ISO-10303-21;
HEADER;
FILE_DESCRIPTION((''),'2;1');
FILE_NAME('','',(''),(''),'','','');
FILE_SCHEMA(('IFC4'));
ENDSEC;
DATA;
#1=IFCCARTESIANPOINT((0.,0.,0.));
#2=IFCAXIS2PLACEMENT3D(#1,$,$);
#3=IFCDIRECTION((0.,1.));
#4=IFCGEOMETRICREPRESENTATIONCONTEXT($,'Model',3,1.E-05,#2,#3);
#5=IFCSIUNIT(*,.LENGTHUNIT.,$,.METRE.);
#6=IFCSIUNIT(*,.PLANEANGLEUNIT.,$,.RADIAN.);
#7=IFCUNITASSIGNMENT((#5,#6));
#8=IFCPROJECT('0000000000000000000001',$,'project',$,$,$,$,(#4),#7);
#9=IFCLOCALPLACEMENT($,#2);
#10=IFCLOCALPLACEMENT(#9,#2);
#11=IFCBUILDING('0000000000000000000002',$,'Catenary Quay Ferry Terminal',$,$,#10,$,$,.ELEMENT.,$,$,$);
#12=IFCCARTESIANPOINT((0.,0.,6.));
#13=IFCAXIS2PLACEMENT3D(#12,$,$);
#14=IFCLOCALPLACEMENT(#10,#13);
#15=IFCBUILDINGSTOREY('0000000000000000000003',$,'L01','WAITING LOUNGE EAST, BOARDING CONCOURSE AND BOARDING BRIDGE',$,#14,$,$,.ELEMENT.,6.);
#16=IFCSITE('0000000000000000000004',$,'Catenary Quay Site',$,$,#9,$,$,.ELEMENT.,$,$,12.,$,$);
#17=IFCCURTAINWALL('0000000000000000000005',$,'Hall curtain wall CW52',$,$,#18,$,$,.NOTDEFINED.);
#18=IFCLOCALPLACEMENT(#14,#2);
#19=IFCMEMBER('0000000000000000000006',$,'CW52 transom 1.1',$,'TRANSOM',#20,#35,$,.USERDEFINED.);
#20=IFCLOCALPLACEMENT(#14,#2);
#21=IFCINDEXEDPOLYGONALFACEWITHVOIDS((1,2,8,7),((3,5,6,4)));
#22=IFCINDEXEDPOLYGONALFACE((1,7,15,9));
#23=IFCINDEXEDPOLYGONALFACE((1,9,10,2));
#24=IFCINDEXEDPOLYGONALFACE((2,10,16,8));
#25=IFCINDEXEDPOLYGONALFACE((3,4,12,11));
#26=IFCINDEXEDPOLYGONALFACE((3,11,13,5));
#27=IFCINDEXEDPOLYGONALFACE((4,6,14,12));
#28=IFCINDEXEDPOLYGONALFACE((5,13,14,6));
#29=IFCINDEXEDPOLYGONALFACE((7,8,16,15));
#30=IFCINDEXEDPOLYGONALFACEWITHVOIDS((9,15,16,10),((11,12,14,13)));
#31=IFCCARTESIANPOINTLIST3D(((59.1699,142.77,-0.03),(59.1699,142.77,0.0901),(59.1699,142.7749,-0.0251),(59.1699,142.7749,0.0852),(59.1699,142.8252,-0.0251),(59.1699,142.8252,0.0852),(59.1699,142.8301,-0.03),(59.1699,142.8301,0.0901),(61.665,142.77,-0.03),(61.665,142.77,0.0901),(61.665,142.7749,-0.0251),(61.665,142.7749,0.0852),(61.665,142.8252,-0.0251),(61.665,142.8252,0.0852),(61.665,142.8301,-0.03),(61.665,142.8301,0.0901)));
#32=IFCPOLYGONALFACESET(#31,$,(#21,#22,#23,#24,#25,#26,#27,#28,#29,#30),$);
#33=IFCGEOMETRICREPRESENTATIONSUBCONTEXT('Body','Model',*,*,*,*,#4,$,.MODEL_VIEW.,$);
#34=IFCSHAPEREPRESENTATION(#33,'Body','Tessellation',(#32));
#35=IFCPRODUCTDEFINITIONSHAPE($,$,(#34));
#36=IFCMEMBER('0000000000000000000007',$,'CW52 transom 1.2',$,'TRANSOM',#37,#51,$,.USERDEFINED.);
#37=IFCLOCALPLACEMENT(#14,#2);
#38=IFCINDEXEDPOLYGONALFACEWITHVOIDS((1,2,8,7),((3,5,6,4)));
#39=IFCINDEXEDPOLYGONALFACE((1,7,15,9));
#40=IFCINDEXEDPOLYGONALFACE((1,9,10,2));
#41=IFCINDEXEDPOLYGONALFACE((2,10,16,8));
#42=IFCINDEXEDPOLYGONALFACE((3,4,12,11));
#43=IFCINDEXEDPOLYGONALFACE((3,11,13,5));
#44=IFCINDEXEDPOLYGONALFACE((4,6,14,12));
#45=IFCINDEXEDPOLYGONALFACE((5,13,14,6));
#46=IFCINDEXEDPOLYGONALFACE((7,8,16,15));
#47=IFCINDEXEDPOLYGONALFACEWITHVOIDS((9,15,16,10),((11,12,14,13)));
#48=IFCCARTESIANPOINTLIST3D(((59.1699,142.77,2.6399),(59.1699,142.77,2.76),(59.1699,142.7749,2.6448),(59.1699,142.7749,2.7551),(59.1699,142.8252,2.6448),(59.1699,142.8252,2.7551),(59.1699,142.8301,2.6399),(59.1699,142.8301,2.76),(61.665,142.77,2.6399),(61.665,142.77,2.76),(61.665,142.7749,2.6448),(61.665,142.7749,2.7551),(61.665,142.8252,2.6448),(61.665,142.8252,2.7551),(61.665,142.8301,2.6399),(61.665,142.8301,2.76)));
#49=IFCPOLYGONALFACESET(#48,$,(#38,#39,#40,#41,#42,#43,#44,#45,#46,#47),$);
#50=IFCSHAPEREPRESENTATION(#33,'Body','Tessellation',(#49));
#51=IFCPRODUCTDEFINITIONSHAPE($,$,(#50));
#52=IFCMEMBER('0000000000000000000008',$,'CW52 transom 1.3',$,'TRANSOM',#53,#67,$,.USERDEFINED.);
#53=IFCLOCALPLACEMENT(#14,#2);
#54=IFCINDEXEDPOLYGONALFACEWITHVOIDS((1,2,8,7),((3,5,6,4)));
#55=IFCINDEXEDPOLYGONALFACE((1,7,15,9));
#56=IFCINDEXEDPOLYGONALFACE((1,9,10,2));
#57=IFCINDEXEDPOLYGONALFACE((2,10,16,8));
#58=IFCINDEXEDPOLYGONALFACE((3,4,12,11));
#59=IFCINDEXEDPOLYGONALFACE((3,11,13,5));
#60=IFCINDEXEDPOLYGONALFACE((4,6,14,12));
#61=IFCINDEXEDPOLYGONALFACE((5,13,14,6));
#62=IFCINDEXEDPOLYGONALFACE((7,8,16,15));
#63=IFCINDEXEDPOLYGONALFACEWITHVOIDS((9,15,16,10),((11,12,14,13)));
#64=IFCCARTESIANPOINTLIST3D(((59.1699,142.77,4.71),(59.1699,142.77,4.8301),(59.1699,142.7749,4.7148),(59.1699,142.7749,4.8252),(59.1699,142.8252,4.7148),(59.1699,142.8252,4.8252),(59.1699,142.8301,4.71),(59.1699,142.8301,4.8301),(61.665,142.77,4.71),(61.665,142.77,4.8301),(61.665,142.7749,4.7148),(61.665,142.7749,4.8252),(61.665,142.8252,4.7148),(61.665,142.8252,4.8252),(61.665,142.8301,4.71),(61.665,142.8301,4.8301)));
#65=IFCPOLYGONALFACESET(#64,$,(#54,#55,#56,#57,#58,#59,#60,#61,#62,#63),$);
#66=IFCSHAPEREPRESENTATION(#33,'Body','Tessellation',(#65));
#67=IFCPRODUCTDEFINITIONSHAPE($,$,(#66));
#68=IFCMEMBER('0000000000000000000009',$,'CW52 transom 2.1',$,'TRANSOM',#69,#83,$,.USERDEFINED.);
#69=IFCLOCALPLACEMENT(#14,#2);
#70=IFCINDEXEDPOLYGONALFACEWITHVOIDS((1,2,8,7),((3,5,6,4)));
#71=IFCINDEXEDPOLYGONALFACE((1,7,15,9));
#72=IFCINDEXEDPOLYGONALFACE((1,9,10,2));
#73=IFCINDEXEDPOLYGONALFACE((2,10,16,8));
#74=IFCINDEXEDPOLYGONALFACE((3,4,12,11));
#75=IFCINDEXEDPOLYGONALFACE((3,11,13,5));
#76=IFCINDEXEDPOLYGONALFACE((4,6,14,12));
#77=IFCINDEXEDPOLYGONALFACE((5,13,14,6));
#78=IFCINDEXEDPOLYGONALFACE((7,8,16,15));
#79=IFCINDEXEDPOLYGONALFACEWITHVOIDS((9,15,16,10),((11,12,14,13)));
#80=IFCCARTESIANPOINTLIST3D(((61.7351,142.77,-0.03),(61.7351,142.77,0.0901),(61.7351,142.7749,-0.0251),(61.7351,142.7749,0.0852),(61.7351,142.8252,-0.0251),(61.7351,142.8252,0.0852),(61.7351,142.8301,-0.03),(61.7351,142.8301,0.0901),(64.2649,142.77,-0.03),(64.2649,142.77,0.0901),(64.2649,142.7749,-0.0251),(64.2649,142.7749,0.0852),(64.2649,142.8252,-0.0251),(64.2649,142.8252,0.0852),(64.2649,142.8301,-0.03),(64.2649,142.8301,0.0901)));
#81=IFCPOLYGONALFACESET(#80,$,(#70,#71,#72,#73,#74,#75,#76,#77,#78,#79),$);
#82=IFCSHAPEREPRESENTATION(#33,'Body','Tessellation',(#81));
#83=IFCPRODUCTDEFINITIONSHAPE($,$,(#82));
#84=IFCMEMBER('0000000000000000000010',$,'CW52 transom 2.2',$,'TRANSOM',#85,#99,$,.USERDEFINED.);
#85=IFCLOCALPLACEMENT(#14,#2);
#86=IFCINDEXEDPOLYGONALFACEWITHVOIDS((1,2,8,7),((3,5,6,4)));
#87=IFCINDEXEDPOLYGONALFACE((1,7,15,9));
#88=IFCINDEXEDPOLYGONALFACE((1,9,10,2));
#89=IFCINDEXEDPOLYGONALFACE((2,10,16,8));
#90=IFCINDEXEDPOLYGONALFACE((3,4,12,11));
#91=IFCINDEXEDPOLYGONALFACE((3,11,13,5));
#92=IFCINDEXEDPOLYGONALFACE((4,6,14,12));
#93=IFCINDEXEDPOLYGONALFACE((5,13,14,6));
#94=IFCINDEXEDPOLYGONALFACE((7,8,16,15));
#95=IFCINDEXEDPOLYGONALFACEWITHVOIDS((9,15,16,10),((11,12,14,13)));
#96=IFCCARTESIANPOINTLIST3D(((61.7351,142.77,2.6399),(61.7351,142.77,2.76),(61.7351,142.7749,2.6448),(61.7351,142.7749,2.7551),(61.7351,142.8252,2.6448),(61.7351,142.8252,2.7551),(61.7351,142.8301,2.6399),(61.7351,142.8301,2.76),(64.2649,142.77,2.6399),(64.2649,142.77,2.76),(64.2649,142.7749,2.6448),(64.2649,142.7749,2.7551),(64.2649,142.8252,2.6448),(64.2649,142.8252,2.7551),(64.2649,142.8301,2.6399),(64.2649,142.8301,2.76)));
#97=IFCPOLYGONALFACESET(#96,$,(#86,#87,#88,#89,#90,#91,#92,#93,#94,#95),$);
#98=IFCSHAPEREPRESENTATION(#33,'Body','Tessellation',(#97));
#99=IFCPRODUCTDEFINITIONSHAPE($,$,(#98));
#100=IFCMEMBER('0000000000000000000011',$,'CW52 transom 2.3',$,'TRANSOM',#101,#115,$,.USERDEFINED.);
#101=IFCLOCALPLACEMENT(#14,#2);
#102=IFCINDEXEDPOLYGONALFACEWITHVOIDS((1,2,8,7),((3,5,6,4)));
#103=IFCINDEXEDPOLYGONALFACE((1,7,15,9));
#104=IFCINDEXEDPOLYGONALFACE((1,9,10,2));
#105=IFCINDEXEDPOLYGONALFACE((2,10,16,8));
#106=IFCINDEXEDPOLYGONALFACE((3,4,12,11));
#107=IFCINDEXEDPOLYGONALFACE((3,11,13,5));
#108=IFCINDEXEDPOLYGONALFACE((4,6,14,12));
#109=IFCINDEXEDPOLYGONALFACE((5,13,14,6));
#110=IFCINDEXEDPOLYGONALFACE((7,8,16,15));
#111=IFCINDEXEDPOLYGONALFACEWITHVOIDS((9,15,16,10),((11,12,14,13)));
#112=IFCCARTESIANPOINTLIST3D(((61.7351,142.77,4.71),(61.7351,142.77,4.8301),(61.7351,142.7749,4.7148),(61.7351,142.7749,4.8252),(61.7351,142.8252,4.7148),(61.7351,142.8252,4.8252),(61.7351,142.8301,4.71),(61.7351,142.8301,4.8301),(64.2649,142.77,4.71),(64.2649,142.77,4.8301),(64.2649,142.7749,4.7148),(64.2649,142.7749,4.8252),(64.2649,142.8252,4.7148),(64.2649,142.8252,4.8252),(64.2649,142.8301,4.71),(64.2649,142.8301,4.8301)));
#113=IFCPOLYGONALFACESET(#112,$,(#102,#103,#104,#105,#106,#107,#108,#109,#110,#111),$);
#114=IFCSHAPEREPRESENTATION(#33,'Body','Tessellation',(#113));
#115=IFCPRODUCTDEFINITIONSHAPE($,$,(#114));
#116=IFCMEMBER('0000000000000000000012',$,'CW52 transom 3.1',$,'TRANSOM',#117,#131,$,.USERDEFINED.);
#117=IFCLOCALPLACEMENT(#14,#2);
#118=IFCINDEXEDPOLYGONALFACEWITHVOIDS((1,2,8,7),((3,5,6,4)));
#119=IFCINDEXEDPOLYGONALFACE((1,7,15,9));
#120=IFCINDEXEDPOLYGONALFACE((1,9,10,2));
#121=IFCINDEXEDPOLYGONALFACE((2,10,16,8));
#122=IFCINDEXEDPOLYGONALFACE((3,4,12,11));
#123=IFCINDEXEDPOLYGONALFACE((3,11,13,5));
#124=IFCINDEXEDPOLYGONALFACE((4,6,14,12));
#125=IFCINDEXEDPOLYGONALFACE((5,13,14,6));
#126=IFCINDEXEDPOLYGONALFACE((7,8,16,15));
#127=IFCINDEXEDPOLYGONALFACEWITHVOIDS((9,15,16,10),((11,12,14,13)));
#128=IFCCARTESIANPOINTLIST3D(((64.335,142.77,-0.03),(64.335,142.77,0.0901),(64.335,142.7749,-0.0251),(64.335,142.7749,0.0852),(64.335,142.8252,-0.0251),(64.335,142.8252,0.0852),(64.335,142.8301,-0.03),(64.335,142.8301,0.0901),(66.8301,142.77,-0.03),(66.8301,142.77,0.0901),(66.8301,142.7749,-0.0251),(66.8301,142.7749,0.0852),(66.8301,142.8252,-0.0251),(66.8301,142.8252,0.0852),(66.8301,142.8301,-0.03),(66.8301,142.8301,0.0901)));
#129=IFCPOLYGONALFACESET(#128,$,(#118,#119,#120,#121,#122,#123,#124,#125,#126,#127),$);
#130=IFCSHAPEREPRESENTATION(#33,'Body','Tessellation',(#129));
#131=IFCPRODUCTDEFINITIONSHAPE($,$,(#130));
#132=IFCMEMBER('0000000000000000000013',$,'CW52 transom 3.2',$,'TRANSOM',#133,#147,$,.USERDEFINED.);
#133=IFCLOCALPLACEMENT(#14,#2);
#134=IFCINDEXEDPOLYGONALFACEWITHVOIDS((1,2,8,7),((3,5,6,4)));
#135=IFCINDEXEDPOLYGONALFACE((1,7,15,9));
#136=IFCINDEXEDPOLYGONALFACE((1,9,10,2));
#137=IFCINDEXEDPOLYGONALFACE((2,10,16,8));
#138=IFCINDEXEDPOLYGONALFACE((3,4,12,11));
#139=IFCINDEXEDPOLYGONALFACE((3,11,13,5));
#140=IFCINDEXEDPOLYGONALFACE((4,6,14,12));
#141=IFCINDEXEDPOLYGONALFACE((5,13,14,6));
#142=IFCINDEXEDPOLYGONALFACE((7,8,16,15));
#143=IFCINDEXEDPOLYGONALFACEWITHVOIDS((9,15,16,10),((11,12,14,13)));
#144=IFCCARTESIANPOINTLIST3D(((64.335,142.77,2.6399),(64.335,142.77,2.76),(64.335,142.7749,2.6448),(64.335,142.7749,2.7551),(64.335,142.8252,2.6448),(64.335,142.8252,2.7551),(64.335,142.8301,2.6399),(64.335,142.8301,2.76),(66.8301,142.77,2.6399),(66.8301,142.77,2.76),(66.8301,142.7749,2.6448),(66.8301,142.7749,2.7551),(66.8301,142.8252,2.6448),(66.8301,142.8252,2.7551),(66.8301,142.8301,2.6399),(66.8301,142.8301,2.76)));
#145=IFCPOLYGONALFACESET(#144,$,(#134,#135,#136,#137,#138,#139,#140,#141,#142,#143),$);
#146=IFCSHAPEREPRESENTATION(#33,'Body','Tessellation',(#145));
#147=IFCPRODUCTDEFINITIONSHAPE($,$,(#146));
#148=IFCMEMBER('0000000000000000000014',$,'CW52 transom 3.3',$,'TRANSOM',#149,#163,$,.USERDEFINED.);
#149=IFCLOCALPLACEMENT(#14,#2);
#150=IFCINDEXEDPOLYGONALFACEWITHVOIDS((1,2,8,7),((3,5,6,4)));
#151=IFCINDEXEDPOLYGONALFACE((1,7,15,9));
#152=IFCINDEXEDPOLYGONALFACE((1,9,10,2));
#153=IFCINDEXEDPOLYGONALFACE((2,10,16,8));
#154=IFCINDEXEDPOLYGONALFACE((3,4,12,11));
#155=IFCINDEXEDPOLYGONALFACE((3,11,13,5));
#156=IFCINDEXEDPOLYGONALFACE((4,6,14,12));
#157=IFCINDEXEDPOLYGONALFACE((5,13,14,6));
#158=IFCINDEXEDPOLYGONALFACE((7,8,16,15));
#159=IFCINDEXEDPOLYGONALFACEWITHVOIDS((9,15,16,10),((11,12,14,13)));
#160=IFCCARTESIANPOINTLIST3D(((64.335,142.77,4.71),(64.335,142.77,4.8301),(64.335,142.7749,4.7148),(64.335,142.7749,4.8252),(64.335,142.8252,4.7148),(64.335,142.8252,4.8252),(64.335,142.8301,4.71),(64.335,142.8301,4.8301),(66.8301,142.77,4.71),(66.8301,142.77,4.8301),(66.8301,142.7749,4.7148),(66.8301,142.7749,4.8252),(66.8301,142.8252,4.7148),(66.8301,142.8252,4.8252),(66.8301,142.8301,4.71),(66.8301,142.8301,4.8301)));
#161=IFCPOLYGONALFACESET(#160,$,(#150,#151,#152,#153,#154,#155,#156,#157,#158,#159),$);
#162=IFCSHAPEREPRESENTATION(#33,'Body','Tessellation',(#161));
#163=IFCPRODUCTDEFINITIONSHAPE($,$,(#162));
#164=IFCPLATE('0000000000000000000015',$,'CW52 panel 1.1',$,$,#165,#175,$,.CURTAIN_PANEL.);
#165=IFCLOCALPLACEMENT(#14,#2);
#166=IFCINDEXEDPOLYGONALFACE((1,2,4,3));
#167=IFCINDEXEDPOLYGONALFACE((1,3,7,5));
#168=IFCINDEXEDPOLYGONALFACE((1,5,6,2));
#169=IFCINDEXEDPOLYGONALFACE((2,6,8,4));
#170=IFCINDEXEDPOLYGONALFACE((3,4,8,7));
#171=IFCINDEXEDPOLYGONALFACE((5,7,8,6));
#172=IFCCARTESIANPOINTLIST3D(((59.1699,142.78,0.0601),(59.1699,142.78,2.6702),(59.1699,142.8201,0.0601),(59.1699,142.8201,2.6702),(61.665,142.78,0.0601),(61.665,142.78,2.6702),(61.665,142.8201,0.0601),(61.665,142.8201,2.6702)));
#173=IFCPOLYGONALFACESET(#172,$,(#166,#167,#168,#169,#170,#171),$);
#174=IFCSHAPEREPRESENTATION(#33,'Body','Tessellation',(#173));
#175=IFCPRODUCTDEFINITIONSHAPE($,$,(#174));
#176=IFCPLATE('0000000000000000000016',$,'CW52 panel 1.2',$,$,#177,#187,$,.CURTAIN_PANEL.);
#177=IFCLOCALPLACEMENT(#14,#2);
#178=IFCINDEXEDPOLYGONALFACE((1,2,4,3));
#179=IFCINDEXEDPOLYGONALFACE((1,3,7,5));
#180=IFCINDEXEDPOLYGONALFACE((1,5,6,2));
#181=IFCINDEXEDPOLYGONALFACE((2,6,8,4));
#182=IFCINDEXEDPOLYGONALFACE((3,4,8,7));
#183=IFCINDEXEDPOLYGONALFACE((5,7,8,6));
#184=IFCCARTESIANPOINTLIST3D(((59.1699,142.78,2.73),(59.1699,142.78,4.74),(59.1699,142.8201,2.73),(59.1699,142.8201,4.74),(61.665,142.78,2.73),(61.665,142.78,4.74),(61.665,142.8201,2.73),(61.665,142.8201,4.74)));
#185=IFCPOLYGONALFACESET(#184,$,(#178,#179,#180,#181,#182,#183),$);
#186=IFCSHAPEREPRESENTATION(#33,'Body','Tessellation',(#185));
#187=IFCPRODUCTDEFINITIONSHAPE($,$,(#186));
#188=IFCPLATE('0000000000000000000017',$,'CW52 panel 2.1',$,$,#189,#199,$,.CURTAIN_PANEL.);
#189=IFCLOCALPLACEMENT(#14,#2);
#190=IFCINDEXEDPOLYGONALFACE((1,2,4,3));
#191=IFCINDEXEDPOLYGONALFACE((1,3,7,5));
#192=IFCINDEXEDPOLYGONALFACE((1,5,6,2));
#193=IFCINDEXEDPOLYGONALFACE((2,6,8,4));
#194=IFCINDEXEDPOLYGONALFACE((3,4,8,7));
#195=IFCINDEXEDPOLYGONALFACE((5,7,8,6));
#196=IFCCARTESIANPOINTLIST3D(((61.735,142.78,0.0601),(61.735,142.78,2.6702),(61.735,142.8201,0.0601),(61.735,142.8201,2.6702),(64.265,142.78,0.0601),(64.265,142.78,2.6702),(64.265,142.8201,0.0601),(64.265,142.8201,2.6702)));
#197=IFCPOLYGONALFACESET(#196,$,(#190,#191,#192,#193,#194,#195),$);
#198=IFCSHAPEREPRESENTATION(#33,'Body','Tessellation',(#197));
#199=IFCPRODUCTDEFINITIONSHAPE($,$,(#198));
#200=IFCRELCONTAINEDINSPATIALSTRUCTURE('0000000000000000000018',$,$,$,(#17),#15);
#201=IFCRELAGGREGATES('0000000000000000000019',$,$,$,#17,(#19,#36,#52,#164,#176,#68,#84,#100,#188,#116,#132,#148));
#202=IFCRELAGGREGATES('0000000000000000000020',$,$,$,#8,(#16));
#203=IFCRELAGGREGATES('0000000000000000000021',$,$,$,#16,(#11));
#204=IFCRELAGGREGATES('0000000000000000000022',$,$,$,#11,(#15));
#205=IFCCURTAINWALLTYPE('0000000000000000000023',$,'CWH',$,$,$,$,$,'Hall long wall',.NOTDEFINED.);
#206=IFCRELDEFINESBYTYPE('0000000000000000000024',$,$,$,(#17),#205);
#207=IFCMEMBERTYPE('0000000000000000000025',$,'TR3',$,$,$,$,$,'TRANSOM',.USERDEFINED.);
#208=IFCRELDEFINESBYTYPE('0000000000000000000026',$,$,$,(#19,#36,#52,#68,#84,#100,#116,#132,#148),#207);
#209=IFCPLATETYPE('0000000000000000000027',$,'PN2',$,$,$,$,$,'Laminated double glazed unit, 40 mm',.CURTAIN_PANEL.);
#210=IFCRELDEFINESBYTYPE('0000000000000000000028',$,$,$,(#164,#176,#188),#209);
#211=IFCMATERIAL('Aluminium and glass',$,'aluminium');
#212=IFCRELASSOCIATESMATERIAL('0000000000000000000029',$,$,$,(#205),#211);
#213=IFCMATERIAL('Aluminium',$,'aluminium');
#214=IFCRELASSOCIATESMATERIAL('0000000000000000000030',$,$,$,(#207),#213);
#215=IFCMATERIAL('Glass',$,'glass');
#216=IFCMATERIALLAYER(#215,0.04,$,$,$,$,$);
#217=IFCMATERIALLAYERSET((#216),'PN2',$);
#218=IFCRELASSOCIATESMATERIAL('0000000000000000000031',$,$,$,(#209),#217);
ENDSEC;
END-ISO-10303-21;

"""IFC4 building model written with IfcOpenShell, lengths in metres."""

from ifc_helpers import new_model, si_unit, direction, frame, origin, origin_2d, place, context, subcontext, project, spatial, rectangle, hollow_rectangle, extrude, material, layer, layer_set, material_profile, profile_set, type_object, element, aggregate, save


model = new_model("IFC4")

# Units and contexts
model_context = context("Model", 3, precision=1e-05, world=origin(), true_north=direction((0.0, 1.0)))
body_context = subcontext(model_context, "Body", "Model", "MODEL_VIEW")
ifc_project = project(units=[si_unit("LENGTHUNIT", "METRE"), si_unit("PLANEANGLEUNIT", "RADIAN")], contexts=[model_context])

# Site, building, storey
site_placement = place(None, origin())
site = spatial("IfcSite", under=ifc_project, at=site_placement, Name="Catenary Quay Site", CompositionType="ELEMENT", RefElevation=12.0)
building_placement = place(site_placement, origin())
building = spatial("IfcBuilding", under=site, at=building_placement, Name="Catenary Quay Ferry Terminal", CompositionType="ELEMENT")
storey_placement = place(building_placement, frame((0.0, 0.0, 6.0)))
storey = spatial("IfcBuildingStorey", under=building, at=storey_placement, Name="L01", Description="WAITING LOUNGE EAST, BOARDING CONCOURSE AND BOARDING BRIDGE", CompositionType="ELEMENT", Elevation=6.0)

# Shared definitions
ifc_material_1 = material(Name="Aluminium and glass", Category="aluminium")
curtain_wall_type = type_object("IfcCurtainWallType", Name="CWH", ElementType="Hall long wall", PredefinedType="NOTDEFINED", material=ifc_material_1)

# Curtain wall, members, plates
curtain_wall_1_placement = place(storey_placement, origin())
curtain_wall_1 = element("IfcCurtainWall", 1, at=curtain_wall_1_placement, inside=storey, type_object=curtain_wall_type, Name="Hall curtain wall CW52", PredefinedType="NOTDEFINED")
ifc_material_2 = material(Name="Aluminium", Category="aluminium")
ifc_material_profile_1 = material_profile(ifc_material_2, hollow_rectangle(XDim=0.0601, YDim=0.1201, WallThickness=0.0049, at=origin_2d()), Name="TR3")
ifc_profile_set_1 = profile_set([ifc_material_profile_1], Name="Aluminium")
member_type_1 = type_object("IfcMemberType", Name="TR3", ElementType="TRANSOM", PredefinedType="USERDEFINED", material=ifc_profile_set_1)
member_1_placement = place(storey_placement, frame((59.1699, 142.8, 0.03), z_axis=(1.0, 0.0, 0.0), x_axis=(0.0, 1.0, 0.0)))
member_1 = element("IfcMember", 2, at=member_1_placement, type_object=member_type_1, Name="CW52 transom 1.1", ObjectType="TRANSOM", PredefinedType="USERDEFINED", context=body_context, shape_type="SweptSolid", body=[
    extrude(hollow_rectangle(XDim=0.0601, YDim=0.1201, WallThickness=0.0049, at=origin_2d()), origin(), (0.0, 0.0, 1.0), 2.4951),
])
member_2_placement = place(storey_placement, frame((59.1699, 142.8, 2.7), z_axis=(1.0, 0.0, 0.0), x_axis=(0.0, 1.0, 0.0)))
member_2 = element("IfcMember", 3, at=member_2_placement, type_object=member_type_1, Name="CW52 transom 1.2", ObjectType="TRANSOM", PredefinedType="USERDEFINED", context=body_context, shape_type="SweptSolid", body=[
    extrude(hollow_rectangle(XDim=0.0601, YDim=0.1201, WallThickness=0.0049, at=origin_2d()), origin(), (0.0, 0.0, 1.0), 2.4951),
])
member_3_placement = place(storey_placement, frame((59.1699, 142.8, 4.77), z_axis=(1.0, 0.0, 0.0), x_axis=(0.0, 1.0, 0.0)))
member_3 = element("IfcMember", 4, at=member_3_placement, type_object=member_type_1, Name="CW52 transom 1.3", ObjectType="TRANSOM", PredefinedType="USERDEFINED", context=body_context, shape_type="SweptSolid", body=[
    extrude(hollow_rectangle(XDim=0.0601, YDim=0.1201, WallThickness=0.0049, at=origin_2d()), origin(), (0.0, 0.0, 1.0), 2.4951),
])
member_4_placement = place(storey_placement, frame((61.7351, 142.8, 0.03), z_axis=(1.0, 0.0, 0.0), x_axis=(0.0, 1.0, 0.0)))
member_4 = element("IfcMember", 5, at=member_4_placement, type_object=member_type_1, Name="CW52 transom 2.1", ObjectType="TRANSOM", PredefinedType="USERDEFINED", context=body_context, shape_type="SweptSolid", body=[
    extrude(hollow_rectangle(XDim=0.0601, YDim=0.1201, WallThickness=0.0049, at=origin_2d()), origin(), (0.0, 0.0, 1.0), 2.5298),
])
member_5_placement = place(storey_placement, frame((61.7351, 142.8, 2.7), z_axis=(1.0, 0.0, 0.0), x_axis=(0.0, 1.0, 0.0)))
member_5 = element("IfcMember", 6, at=member_5_placement, type_object=member_type_1, Name="CW52 transom 2.2", ObjectType="TRANSOM", PredefinedType="USERDEFINED", context=body_context, shape_type="SweptSolid", body=[
    extrude(hollow_rectangle(XDim=0.0601, YDim=0.1201, WallThickness=0.0049, at=origin_2d()), origin(), (0.0, 0.0, 1.0), 2.5298),
])
member_6_placement = place(storey_placement, frame((61.7351, 142.8, 4.77), z_axis=(1.0, 0.0, 0.0), x_axis=(0.0, 1.0, 0.0)))
member_6 = element("IfcMember", 7, at=member_6_placement, type_object=member_type_1, Name="CW52 transom 2.3", ObjectType="TRANSOM", PredefinedType="USERDEFINED", context=body_context, shape_type="SweptSolid", body=[
    extrude(hollow_rectangle(XDim=0.0601, YDim=0.1201, WallThickness=0.0049, at=origin_2d()), origin(), (0.0, 0.0, 1.0), 2.5298),
])
member_7_placement = place(storey_placement, frame((64.335, 142.8, 0.03), z_axis=(1.0, 0.0, 0.0), x_axis=(0.0, 1.0, 0.0)))
member_7 = element("IfcMember", 8, at=member_7_placement, type_object=member_type_1, Name="CW52 transom 3.1", ObjectType="TRANSOM", PredefinedType="USERDEFINED", context=body_context, shape_type="SweptSolid", body=[
    extrude(hollow_rectangle(XDim=0.0601, YDim=0.1201, WallThickness=0.0049, at=origin_2d()), origin(), (0.0, 0.0, 1.0), 2.4951),
])
member_8_placement = place(storey_placement, frame((64.335, 142.8, 2.7), z_axis=(1.0, 0.0, 0.0), x_axis=(0.0, 1.0, 0.0)))
member_8 = element("IfcMember", 9, at=member_8_placement, type_object=member_type_1, Name="CW52 transom 3.2", ObjectType="TRANSOM", PredefinedType="USERDEFINED", context=body_context, shape_type="SweptSolid", body=[
    extrude(hollow_rectangle(XDim=0.0601, YDim=0.1201, WallThickness=0.0049, at=origin_2d()), origin(), (0.0, 0.0, 1.0), 2.4951),
])
member_9_placement = place(storey_placement, frame((64.335, 142.8, 4.77), z_axis=(1.0, 0.0, 0.0), x_axis=(0.0, 1.0, 0.0)))
member_9 = element("IfcMember", 10, at=member_9_placement, type_object=member_type_1, Name="CW52 transom 3.3", ObjectType="TRANSOM", PredefinedType="USERDEFINED", context=body_context, shape_type="SweptSolid", body=[
    extrude(hollow_rectangle(XDim=0.0601, YDim=0.1201, WallThickness=0.0049, at=origin_2d()), origin(), (0.0, 0.0, 1.0), 2.4951),
])
ifc_material_3 = material(Name="Glass", Category="glass")
ifc_layer = layer(ifc_material_3, 0.04)
ifc_layer_set = layer_set([ifc_layer], Name="PN2")
plate_type = type_object("IfcPlateType", Name="PN2", ElementType="Laminated double glazed unit, 40 mm", PredefinedType="CURTAIN_PANEL", material=ifc_layer_set)
plate_1_placement = place(storey_placement, frame((60.4175, 142.8, 0.0601), z_axis=(0.0, 0.0, 1.0), x_axis=(1.0, 0.0, 0.0)))
plate_1 = element("IfcPlate", 11, at=plate_1_placement, type_object=plate_type, Name="CW52 panel 1.1", PredefinedType="CURTAIN_PANEL", context=body_context, shape_type="SweptSolid", body=[
    extrude(rectangle(XDim=2.4951, YDim=0.04, at=origin_2d()), origin(), (0.0, 0.0, 1.0), 2.6101),
])
plate_2_placement = place(storey_placement, frame((60.4175, 142.8, 2.73), z_axis=(0.0, 0.0, 1.0), x_axis=(1.0, 0.0, 0.0)))
plate_2 = element("IfcPlate", 12, at=plate_2_placement, type_object=plate_type, Name="CW52 panel 1.2", PredefinedType="CURTAIN_PANEL", context=body_context, shape_type="SweptSolid", body=[
    extrude(rectangle(XDim=2.4951, YDim=0.04, at=origin_2d()), origin(), (0.0, 0.0, 1.0), 2.01),
])
plate_3_placement = place(storey_placement, frame((63.0, 142.8, 0.0601), z_axis=(0.0, 0.0, 1.0), x_axis=(1.0, 0.0, 0.0)))
plate_3 = element("IfcPlate", 13, at=plate_3_placement, type_object=plate_type, Name="CW52 panel 2.1", PredefinedType="CURTAIN_PANEL", context=body_context, shape_type="SweptSolid", body=[
    extrude(rectangle(XDim=2.53, YDim=0.04, at=origin_2d()), origin(), (0.0, 0.0, 1.0), 2.6101),
])
aggregate(curtain_wall_1, [member_1, member_2, member_3, plate_1, plate_2, member_4, member_5, member_6, plate_3, member_7, member_8, member_9])

save(model, "model.ifc")
